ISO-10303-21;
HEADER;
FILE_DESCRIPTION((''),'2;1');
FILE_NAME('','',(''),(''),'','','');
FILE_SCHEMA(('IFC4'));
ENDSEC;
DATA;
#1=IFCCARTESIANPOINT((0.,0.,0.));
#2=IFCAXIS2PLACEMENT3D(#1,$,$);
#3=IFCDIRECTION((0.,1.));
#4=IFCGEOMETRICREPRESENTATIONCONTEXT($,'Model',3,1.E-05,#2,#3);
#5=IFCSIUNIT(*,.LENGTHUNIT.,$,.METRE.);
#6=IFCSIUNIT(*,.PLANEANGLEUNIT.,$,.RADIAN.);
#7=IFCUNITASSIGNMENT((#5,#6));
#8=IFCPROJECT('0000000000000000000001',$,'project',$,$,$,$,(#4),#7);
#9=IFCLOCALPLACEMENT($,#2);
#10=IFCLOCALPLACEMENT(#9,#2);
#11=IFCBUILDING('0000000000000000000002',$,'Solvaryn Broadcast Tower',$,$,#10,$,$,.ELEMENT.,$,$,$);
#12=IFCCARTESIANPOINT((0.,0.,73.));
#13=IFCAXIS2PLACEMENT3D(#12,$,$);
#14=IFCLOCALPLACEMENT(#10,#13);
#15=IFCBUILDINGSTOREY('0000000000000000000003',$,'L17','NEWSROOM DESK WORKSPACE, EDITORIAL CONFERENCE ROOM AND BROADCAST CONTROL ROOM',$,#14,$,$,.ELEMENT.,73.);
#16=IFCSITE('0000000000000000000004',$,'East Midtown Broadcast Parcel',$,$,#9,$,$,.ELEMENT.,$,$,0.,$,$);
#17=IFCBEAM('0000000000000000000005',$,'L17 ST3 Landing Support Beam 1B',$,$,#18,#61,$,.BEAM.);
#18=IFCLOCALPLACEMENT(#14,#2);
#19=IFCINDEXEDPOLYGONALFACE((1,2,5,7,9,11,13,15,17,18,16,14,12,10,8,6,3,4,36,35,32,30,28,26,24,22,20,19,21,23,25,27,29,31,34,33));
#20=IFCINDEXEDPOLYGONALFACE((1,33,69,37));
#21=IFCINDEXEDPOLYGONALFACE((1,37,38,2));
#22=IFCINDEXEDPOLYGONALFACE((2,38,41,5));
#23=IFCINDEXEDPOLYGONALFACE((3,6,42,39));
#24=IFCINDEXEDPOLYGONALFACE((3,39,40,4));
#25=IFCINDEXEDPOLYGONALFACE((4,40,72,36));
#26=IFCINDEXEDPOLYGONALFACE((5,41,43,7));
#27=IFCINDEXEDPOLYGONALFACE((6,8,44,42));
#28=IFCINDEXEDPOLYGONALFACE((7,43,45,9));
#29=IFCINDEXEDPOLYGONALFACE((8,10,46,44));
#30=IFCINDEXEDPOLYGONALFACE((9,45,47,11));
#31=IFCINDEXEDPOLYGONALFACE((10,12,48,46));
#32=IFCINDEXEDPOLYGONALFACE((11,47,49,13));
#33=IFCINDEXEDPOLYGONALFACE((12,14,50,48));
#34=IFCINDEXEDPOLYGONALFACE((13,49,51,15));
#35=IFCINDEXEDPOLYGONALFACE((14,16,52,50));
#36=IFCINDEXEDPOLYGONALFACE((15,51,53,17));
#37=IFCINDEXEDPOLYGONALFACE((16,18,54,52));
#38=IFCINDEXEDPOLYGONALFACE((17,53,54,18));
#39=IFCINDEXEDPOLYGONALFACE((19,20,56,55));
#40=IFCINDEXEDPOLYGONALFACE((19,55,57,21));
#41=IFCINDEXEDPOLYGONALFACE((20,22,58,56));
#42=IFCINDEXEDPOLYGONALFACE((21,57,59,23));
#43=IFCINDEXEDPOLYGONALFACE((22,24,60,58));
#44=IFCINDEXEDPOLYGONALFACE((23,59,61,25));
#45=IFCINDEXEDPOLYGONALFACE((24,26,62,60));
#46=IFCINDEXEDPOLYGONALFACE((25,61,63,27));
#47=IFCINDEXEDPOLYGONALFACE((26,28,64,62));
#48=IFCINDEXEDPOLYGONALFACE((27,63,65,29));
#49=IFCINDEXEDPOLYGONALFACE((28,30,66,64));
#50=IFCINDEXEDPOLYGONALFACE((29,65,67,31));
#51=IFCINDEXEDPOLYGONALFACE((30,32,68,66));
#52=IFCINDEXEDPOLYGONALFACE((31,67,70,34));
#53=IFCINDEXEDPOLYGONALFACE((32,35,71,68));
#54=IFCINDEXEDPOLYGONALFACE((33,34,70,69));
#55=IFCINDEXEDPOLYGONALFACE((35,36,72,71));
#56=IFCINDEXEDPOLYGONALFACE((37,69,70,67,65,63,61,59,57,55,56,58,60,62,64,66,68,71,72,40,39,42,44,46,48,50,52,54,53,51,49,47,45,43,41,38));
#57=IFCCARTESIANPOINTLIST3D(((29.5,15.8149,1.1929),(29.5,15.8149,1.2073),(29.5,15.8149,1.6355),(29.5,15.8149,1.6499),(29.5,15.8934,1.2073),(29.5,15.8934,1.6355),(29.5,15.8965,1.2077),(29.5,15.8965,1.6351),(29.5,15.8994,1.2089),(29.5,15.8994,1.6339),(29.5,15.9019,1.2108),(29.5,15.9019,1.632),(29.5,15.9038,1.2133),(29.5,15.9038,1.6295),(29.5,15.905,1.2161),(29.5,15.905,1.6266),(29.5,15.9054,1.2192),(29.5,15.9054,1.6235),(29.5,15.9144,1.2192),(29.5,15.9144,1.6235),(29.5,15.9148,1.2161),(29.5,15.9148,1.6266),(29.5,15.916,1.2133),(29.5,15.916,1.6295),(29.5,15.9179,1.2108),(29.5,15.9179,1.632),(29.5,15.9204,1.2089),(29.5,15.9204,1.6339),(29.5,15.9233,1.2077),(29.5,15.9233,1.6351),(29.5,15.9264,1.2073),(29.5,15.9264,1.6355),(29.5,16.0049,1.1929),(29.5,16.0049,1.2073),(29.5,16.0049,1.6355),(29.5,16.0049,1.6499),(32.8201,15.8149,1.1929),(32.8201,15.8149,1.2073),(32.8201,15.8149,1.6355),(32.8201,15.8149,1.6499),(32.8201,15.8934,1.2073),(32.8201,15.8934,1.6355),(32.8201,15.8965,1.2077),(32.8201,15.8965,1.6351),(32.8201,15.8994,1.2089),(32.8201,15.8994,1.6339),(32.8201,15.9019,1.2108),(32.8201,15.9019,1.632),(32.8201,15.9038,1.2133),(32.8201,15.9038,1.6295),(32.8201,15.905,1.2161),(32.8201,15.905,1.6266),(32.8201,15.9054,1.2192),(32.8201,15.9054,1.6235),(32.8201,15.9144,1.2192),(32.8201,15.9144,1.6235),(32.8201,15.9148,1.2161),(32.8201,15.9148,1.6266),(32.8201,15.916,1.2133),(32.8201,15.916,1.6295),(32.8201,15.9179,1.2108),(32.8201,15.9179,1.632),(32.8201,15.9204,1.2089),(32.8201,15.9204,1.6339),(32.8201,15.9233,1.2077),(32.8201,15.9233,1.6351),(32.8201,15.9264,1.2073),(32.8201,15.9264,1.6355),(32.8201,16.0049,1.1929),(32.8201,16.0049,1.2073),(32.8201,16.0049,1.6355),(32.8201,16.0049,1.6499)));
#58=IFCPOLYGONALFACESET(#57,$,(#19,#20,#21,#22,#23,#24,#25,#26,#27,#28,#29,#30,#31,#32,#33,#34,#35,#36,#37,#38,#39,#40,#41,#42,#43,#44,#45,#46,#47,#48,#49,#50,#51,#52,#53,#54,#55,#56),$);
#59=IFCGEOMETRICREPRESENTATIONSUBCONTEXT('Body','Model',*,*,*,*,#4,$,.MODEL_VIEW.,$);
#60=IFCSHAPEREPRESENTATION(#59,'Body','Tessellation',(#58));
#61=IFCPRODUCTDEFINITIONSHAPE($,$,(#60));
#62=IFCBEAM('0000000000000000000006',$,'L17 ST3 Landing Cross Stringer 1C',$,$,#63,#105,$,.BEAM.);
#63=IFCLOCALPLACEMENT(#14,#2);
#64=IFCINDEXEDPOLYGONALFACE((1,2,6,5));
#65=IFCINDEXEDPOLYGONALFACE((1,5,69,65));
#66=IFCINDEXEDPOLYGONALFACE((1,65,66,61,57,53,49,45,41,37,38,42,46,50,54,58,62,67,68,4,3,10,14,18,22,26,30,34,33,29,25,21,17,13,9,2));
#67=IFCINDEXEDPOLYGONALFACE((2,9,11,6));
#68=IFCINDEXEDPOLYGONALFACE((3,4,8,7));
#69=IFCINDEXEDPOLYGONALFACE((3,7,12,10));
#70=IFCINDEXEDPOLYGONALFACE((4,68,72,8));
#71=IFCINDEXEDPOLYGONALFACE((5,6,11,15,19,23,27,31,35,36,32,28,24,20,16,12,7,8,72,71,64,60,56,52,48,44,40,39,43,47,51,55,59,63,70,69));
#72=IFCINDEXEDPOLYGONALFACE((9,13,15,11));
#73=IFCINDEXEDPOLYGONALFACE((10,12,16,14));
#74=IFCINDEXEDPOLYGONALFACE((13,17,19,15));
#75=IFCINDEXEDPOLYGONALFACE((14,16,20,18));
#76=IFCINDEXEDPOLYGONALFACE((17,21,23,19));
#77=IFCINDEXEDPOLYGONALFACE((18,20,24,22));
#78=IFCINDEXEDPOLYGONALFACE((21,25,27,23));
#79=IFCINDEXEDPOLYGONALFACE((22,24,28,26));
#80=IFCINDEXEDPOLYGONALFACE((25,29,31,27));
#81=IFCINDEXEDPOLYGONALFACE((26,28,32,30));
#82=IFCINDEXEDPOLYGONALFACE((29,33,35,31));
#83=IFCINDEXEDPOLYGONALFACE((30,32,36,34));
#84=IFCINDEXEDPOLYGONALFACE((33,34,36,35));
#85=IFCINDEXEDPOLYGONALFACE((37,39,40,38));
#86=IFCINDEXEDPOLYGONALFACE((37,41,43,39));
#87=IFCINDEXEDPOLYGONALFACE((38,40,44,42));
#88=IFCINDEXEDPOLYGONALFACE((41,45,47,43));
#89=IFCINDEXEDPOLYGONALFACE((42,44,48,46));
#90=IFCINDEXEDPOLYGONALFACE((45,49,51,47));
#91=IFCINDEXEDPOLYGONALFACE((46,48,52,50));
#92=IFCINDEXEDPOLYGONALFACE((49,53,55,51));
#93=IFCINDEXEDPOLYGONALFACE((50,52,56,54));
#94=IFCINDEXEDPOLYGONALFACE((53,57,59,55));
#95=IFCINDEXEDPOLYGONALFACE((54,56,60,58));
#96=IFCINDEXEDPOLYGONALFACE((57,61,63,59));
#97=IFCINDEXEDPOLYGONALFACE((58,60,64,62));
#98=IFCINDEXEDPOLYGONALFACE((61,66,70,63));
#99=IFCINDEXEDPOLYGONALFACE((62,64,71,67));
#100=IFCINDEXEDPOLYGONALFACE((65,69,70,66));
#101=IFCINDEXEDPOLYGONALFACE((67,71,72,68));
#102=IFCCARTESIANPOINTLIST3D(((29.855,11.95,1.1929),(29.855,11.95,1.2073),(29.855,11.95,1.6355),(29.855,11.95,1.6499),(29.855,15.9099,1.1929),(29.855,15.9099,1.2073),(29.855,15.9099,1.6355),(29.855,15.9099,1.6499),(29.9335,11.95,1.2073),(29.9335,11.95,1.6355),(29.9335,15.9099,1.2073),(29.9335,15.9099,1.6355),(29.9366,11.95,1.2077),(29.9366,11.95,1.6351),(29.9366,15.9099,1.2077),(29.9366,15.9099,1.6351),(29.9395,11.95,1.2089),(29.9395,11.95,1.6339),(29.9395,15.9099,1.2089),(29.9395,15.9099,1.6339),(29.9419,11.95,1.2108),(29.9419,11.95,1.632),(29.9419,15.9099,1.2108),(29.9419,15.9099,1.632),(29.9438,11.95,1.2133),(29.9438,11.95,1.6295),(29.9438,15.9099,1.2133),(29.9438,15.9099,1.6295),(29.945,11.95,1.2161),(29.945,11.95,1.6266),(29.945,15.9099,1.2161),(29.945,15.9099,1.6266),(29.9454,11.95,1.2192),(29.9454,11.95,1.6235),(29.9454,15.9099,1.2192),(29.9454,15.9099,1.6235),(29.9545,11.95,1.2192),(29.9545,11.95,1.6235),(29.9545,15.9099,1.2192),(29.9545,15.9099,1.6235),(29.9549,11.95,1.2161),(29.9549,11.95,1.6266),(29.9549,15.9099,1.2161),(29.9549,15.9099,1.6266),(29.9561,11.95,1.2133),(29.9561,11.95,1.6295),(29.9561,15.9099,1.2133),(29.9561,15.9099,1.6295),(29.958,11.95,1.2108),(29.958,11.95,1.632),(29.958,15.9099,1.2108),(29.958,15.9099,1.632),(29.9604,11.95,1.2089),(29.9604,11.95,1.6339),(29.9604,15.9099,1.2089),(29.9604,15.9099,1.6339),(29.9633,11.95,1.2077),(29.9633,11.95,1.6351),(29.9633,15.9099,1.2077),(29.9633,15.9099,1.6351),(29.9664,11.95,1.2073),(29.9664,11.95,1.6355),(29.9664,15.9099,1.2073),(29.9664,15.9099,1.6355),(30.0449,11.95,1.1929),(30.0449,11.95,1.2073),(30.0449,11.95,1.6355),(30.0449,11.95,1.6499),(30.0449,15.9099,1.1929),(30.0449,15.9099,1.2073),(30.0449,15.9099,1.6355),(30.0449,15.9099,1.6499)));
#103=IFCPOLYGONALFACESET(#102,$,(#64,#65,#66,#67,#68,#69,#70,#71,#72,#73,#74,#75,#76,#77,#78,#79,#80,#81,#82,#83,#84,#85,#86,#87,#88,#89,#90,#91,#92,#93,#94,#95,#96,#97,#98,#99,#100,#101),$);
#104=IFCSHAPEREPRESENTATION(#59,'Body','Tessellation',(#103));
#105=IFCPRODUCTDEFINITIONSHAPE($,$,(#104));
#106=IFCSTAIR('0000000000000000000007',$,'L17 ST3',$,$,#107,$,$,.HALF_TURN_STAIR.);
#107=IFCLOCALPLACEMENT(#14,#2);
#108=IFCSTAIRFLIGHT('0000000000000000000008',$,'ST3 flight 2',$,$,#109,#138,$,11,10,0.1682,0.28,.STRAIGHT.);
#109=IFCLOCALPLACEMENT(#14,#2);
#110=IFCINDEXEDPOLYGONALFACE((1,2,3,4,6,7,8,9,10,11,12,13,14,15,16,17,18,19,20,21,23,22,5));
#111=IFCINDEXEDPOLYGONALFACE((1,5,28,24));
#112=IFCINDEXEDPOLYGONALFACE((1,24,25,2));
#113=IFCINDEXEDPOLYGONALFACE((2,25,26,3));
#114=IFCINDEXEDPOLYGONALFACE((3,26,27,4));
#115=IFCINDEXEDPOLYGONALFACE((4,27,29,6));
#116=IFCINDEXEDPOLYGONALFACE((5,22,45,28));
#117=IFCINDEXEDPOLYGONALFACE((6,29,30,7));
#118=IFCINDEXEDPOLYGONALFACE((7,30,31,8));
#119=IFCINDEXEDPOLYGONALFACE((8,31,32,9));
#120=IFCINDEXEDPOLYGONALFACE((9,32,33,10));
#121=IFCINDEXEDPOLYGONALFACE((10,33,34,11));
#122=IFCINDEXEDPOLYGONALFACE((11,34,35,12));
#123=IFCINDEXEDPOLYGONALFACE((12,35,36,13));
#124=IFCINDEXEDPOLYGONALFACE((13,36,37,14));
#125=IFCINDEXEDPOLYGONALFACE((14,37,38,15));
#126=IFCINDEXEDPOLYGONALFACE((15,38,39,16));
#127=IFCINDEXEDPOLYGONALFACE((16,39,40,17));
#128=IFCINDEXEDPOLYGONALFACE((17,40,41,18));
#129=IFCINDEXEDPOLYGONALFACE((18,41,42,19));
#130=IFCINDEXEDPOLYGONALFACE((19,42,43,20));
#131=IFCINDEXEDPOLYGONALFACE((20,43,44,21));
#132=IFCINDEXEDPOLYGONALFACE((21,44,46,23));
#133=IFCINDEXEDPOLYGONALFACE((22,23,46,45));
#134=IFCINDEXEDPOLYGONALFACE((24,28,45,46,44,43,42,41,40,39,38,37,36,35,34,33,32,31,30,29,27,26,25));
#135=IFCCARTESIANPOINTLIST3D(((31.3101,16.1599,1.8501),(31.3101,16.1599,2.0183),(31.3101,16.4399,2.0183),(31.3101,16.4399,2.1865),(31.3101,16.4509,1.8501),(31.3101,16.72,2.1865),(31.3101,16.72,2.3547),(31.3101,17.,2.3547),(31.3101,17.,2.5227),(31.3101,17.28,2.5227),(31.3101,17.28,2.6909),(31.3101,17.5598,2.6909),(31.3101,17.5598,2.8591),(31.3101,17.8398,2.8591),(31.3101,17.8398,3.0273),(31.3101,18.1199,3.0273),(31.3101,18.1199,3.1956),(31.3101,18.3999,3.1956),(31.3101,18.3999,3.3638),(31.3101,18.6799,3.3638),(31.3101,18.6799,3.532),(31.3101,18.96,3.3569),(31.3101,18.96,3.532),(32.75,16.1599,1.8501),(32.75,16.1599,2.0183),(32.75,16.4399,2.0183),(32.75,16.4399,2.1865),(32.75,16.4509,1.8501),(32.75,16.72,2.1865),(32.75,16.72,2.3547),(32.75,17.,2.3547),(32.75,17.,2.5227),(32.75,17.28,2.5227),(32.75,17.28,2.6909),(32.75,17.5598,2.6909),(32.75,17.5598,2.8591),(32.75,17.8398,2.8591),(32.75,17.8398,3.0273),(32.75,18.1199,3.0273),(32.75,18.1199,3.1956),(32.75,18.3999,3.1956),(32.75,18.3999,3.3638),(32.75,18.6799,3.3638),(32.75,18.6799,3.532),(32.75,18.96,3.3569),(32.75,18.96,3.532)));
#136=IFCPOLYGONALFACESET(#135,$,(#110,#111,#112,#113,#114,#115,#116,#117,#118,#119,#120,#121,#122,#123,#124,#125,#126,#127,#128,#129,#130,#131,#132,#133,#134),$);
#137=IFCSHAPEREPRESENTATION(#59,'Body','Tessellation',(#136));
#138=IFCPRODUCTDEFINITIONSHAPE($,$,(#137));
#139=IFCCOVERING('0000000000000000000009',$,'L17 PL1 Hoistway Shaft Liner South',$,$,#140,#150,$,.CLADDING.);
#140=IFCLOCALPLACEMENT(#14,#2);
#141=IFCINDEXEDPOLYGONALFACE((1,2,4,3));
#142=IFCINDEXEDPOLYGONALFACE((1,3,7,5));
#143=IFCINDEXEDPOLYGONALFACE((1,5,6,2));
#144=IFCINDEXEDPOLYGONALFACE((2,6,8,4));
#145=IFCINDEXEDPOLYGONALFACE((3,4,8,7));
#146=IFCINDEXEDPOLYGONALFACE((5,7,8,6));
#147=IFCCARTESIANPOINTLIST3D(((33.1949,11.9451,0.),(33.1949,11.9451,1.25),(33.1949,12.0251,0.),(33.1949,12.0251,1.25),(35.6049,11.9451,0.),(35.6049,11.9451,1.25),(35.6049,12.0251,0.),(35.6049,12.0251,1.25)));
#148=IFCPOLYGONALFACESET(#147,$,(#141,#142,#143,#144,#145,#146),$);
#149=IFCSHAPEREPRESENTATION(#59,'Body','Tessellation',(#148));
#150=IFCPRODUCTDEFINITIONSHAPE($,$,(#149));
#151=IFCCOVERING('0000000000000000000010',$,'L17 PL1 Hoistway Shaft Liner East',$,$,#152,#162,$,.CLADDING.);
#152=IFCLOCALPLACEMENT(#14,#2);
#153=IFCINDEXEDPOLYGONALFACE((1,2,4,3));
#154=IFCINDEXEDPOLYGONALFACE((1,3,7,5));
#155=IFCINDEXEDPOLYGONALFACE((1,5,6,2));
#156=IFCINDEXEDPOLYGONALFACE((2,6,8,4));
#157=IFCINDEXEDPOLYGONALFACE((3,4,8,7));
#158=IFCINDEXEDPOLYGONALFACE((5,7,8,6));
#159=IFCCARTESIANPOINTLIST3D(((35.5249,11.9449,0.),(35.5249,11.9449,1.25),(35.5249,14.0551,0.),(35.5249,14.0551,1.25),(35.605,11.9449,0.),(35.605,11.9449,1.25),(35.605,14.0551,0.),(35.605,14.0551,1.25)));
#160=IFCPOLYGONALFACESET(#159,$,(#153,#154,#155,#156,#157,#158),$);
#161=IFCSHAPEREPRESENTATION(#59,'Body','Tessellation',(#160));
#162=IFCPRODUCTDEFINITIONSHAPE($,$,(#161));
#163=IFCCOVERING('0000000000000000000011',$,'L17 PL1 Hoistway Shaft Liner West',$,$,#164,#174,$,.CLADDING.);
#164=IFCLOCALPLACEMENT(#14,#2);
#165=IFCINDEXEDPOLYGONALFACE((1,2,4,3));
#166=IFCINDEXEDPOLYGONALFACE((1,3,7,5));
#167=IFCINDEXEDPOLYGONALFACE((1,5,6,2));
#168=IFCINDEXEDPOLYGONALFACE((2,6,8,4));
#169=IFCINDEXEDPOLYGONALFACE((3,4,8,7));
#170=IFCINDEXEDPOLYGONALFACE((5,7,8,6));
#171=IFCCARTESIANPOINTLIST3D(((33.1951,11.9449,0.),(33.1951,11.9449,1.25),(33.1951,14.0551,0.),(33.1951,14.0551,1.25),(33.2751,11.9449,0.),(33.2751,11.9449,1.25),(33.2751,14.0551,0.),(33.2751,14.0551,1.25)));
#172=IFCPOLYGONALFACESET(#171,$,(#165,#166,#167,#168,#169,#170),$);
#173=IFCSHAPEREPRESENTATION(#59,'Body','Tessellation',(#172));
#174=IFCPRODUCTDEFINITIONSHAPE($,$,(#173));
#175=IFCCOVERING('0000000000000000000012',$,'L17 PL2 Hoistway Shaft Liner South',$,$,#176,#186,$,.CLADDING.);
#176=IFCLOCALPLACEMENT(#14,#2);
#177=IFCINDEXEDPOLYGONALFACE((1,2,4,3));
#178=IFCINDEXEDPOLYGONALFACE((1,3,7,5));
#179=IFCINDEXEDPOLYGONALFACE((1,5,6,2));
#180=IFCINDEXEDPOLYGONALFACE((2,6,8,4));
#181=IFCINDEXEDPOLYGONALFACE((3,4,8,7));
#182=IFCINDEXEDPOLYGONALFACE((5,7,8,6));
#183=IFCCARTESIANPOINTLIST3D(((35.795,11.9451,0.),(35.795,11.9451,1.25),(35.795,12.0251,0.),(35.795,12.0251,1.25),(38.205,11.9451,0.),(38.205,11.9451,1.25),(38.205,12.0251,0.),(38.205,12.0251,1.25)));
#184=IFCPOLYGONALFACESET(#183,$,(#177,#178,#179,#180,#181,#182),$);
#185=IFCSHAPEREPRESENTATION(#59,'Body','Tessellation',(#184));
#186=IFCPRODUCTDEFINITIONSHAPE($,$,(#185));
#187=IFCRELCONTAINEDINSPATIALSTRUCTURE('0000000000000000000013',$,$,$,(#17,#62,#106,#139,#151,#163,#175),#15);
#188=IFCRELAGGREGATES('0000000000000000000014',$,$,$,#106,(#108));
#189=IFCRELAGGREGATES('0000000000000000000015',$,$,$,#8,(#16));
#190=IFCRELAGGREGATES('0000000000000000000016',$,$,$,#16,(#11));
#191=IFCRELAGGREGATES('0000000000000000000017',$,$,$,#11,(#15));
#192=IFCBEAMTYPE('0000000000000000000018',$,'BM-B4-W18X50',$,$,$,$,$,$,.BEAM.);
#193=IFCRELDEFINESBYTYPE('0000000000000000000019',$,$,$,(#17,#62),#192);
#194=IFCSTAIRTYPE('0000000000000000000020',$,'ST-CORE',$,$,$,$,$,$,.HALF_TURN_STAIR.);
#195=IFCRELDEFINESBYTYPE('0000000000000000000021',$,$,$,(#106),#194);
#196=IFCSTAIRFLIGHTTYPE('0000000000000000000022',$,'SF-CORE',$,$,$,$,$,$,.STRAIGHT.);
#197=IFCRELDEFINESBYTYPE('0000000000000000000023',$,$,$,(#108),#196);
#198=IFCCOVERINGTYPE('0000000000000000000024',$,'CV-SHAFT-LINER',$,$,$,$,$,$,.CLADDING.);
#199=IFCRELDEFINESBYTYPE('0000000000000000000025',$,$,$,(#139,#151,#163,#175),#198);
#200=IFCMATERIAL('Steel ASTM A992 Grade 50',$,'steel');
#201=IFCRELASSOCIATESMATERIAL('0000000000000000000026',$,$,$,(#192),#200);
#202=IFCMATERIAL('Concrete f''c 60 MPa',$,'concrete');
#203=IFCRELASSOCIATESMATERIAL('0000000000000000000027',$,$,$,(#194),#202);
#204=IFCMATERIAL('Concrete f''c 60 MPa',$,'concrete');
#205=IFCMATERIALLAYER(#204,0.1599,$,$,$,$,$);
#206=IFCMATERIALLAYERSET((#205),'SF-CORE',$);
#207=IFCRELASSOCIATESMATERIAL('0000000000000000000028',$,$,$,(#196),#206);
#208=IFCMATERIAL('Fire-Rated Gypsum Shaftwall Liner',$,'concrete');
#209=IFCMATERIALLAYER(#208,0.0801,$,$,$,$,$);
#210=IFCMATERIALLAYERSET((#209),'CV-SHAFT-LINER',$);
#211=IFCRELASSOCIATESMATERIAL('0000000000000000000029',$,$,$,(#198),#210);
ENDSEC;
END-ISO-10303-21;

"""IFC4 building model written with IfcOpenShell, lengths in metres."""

from ifc_helpers import new_model, si_unit, direction, frame, origin, origin_2d, place, context, subcontext, project, spatial, polyline, rectangle, i_section, outline, extrude, material, layer, layer_set, material_profile, profile_set, type_object, element, aggregate, save


model = new_model("IFC4")

# Units and contexts
model_context = context("Model", 3, precision=1e-05, world=origin(), true_north=direction((0.0, 1.0)))
body_context = subcontext(model_context, "Body", "Model", "MODEL_VIEW")
ifc_project = project(units=[si_unit("LENGTHUNIT", "METRE"), si_unit("PLANEANGLEUNIT", "RADIAN")], contexts=[model_context])

# Site, building, storey
site_placement = place(None, origin())
site = spatial("IfcSite", under=ifc_project, at=site_placement, Name="East Midtown Broadcast Parcel", CompositionType="ELEMENT", RefElevation=0.0)
building_placement = place(site_placement, origin())
building = spatial("IfcBuilding", under=site, at=building_placement, Name="Solvaryn Broadcast Tower", CompositionType="ELEMENT")
storey_placement = place(building_placement, frame((0.0, 0.0, 73.0)))
storey = spatial("IfcBuildingStorey", under=building, at=storey_placement, Name="L17", Description="NEWSROOM DESK WORKSPACE, EDITORIAL CONFERENCE ROOM AND BROADCAST CONTROL ROOM", CompositionType="ELEMENT", Elevation=73.0)

# Beams
ifc_material_1 = material(Name="Steel ASTM A992 Grade 50", Category="steel")
ifc_material_profile_1 = material_profile(ifc_material_1, i_section(OverallWidth=0.1899, OverallDepth=0.457, WebThickness=0.009, FlangeThickness=0.0144, FilletRadius=0.012, at=origin_2d()))
ifc_profile_set_1 = profile_set([ifc_material_profile_1], Name="Steel ASTM A992 Grade 50")
beam_type_1 = type_object("IfcBeamType", Name="BM-B4-W18X50", PredefinedType="BEAM", material=ifc_profile_set_1)
beam_1_placement = place(storey_placement, frame((29.5, 15.9099, 1.4214), z_axis=(1.0, 0.0, 0.0), x_axis=(0.0, 1.0, 0.0)))
element("IfcBeam", 1, at=beam_1_placement, inside=storey, type_object=beam_type_1, Name="L17 ST3 Landing Support Beam 1B", PredefinedType="BEAM", context=body_context, shape_type="SweptSolid", body=[
    extrude(i_section(OverallWidth=0.1899, OverallDepth=0.457, WebThickness=0.009, FlangeThickness=0.0144, FilletRadius=0.012, at=origin_2d()), origin(), (0.0, 0.0, 1.0), 3.3201),
])
beam_2_placement = place(storey_placement, frame((29.95, 11.95, 1.4214), z_axis=(0.0, 1.0, 0.0), x_axis=(-1.0, 0.0, 0.0)))
element("IfcBeam", 2, at=beam_2_placement, inside=storey, type_object=beam_type_1, Name="L17 ST3 Landing Cross Stringer 1C", PredefinedType="BEAM", context=body_context, shape_type="SweptSolid", body=[
    extrude(i_section(OverallWidth=0.1899, OverallDepth=0.457, WebThickness=0.009, FlangeThickness=0.0144, FilletRadius=0.012, at=origin_2d()), origin(), (0.0, 0.0, 1.0), 3.96),
])

# Stair, stair flight
ifc_material_2 = material(Name="Concrete f'c 60 MPa", Category="concrete")
stair_type = type_object("IfcStairType", Name="ST-CORE", PredefinedType="HALF_TURN_STAIR", material=ifc_material_2)
stair_placement = place(storey_placement, origin())
stair = element("IfcStair", 3, at=stair_placement, inside=storey, type_object=stair_type, Name="L17 ST3", PredefinedType="HALF_TURN_STAIR")
ifc_material_3 = material(Name="Concrete f'c 60 MPa", Category="concrete")
ifc_layer_1 = layer(ifc_material_3, 0.1599)
ifc_layer_set_1 = layer_set([ifc_layer_1], Name="SF-CORE")
stair_flight_type = type_object("IfcStairFlightType", Name="SF-CORE", PredefinedType="STRAIGHT", material=ifc_layer_set_1)
stair_flight_placement = place(storey_placement, frame((32.03, 16.1599, 1.8501), z_axis=(0.0, 0.0, 1.0), x_axis=(0.0, 1.0, 0.0)))
stair_flight = element("IfcStairFlight", 4, at=stair_flight_placement, type_object=stair_flight_type, Name="ST3 flight 2", NumberOfRisers=11, NumberOfTreads=10, PredefinedType="STRAIGHT", RiserHeight=0.1682, TreadLength=0.28, context=body_context, shape_type="SweptSolid", body=[
    extrude(outline(polyline([(0.0, 0.0), (0.0, 0.1682), (0.28, 0.1682), (0.28, 0.3364), (0.5601, 0.3364), (0.5601, 0.5046), (0.8401, 0.5046), (0.8401, 0.6726), (1.1201, 0.6726), (1.1201, 0.8408), (1.3999, 0.8408), (1.3999, 1.009), (1.6799, 1.009), (1.6799, 1.1772), (1.96, 1.1772), (1.96, 1.3455), (2.24, 1.3455), (2.24, 1.5137), (2.52, 1.5137), (2.52, 1.6819), (2.8, 1.6819), (2.8, 1.8501), (2.8, 1.5068), (0.291, 0.0), (0.0, 0.0)])), frame((0.0, 0.72, 0.0), z_axis=(0.0, -1.0, 0.0), x_axis=(1.0, 0.0, 0.0)), (0.0, 0.0, 1.0), 1.4399),
])
aggregate(stair, [stair_flight])

# Coverings
ifc_material_4 = material(Name="Fire-Rated Gypsum Shaftwall Liner", Category="concrete")
ifc_layer_2 = layer(ifc_material_4, 0.0801)
ifc_layer_set_2 = layer_set([ifc_layer_2], Name="CV-SHAFT-LINER")
covering_type = type_object("IfcCoveringType", Name="CV-SHAFT-LINER", PredefinedType="CLADDING", material=ifc_layer_set_2)
covering_1_placement = place(storey_placement, frame((34.3999, 11.9851, 0.0), z_axis=(0.0, 0.0, 1.0), x_axis=(1.0, 0.0, 0.0)))
element("IfcCovering", 5, at=covering_1_placement, inside=storey, type_object=covering_type, Name="L17 PL1 Hoistway Shaft Liner South", PredefinedType="CLADDING", context=body_context, shape_type="SweptSolid", body=[
    extrude(rectangle(XDim=2.4099, YDim=0.0801, at=origin_2d()), origin(), (0.0, 0.0, 1.0), 1.25),
])
for number, where, z_axis, x_axis, name in (
    (6, (35.5649, 13.0, 0.0), (0.0, 0.0, 1.0), (1.0, 0.0, 0.0), "L17 PL1 Hoistway Shaft Liner East"),
    (7, (33.2351, 13.0, 0.0), (0.0, 0.0, 1.0), (1.0, 0.0, 0.0), "L17 PL1 Hoistway Shaft Liner West"),
):
    element("IfcCovering", number, at=place(storey_placement, frame(where, z_axis=z_axis, x_axis=x_axis)), inside=storey, type_object=covering_type, Name=name, PredefinedType="CLADDING", context=body_context, shape_type="SweptSolid", body=[
        extrude(rectangle(XDim=0.0801, YDim=2.1101, at=origin_2d()), origin(), (0.0, 0.0, 1.0), 1.25),
    ])
covering_2_placement = place(storey_placement, frame((37.0, 11.9851, 0.0), z_axis=(0.0, 0.0, 1.0), x_axis=(1.0, 0.0, 0.0)))
element("IfcCovering", 8, at=covering_2_placement, inside=storey, type_object=covering_type, Name="L17 PL2 Hoistway Shaft Liner South", PredefinedType="CLADDING", context=body_context, shape_type="SweptSolid", body=[
    extrude(rectangle(XDim=2.4099, YDim=0.0801, at=origin_2d()), origin(), (0.0, 0.0, 1.0), 1.25),
])

save(model, "model.ifc")
